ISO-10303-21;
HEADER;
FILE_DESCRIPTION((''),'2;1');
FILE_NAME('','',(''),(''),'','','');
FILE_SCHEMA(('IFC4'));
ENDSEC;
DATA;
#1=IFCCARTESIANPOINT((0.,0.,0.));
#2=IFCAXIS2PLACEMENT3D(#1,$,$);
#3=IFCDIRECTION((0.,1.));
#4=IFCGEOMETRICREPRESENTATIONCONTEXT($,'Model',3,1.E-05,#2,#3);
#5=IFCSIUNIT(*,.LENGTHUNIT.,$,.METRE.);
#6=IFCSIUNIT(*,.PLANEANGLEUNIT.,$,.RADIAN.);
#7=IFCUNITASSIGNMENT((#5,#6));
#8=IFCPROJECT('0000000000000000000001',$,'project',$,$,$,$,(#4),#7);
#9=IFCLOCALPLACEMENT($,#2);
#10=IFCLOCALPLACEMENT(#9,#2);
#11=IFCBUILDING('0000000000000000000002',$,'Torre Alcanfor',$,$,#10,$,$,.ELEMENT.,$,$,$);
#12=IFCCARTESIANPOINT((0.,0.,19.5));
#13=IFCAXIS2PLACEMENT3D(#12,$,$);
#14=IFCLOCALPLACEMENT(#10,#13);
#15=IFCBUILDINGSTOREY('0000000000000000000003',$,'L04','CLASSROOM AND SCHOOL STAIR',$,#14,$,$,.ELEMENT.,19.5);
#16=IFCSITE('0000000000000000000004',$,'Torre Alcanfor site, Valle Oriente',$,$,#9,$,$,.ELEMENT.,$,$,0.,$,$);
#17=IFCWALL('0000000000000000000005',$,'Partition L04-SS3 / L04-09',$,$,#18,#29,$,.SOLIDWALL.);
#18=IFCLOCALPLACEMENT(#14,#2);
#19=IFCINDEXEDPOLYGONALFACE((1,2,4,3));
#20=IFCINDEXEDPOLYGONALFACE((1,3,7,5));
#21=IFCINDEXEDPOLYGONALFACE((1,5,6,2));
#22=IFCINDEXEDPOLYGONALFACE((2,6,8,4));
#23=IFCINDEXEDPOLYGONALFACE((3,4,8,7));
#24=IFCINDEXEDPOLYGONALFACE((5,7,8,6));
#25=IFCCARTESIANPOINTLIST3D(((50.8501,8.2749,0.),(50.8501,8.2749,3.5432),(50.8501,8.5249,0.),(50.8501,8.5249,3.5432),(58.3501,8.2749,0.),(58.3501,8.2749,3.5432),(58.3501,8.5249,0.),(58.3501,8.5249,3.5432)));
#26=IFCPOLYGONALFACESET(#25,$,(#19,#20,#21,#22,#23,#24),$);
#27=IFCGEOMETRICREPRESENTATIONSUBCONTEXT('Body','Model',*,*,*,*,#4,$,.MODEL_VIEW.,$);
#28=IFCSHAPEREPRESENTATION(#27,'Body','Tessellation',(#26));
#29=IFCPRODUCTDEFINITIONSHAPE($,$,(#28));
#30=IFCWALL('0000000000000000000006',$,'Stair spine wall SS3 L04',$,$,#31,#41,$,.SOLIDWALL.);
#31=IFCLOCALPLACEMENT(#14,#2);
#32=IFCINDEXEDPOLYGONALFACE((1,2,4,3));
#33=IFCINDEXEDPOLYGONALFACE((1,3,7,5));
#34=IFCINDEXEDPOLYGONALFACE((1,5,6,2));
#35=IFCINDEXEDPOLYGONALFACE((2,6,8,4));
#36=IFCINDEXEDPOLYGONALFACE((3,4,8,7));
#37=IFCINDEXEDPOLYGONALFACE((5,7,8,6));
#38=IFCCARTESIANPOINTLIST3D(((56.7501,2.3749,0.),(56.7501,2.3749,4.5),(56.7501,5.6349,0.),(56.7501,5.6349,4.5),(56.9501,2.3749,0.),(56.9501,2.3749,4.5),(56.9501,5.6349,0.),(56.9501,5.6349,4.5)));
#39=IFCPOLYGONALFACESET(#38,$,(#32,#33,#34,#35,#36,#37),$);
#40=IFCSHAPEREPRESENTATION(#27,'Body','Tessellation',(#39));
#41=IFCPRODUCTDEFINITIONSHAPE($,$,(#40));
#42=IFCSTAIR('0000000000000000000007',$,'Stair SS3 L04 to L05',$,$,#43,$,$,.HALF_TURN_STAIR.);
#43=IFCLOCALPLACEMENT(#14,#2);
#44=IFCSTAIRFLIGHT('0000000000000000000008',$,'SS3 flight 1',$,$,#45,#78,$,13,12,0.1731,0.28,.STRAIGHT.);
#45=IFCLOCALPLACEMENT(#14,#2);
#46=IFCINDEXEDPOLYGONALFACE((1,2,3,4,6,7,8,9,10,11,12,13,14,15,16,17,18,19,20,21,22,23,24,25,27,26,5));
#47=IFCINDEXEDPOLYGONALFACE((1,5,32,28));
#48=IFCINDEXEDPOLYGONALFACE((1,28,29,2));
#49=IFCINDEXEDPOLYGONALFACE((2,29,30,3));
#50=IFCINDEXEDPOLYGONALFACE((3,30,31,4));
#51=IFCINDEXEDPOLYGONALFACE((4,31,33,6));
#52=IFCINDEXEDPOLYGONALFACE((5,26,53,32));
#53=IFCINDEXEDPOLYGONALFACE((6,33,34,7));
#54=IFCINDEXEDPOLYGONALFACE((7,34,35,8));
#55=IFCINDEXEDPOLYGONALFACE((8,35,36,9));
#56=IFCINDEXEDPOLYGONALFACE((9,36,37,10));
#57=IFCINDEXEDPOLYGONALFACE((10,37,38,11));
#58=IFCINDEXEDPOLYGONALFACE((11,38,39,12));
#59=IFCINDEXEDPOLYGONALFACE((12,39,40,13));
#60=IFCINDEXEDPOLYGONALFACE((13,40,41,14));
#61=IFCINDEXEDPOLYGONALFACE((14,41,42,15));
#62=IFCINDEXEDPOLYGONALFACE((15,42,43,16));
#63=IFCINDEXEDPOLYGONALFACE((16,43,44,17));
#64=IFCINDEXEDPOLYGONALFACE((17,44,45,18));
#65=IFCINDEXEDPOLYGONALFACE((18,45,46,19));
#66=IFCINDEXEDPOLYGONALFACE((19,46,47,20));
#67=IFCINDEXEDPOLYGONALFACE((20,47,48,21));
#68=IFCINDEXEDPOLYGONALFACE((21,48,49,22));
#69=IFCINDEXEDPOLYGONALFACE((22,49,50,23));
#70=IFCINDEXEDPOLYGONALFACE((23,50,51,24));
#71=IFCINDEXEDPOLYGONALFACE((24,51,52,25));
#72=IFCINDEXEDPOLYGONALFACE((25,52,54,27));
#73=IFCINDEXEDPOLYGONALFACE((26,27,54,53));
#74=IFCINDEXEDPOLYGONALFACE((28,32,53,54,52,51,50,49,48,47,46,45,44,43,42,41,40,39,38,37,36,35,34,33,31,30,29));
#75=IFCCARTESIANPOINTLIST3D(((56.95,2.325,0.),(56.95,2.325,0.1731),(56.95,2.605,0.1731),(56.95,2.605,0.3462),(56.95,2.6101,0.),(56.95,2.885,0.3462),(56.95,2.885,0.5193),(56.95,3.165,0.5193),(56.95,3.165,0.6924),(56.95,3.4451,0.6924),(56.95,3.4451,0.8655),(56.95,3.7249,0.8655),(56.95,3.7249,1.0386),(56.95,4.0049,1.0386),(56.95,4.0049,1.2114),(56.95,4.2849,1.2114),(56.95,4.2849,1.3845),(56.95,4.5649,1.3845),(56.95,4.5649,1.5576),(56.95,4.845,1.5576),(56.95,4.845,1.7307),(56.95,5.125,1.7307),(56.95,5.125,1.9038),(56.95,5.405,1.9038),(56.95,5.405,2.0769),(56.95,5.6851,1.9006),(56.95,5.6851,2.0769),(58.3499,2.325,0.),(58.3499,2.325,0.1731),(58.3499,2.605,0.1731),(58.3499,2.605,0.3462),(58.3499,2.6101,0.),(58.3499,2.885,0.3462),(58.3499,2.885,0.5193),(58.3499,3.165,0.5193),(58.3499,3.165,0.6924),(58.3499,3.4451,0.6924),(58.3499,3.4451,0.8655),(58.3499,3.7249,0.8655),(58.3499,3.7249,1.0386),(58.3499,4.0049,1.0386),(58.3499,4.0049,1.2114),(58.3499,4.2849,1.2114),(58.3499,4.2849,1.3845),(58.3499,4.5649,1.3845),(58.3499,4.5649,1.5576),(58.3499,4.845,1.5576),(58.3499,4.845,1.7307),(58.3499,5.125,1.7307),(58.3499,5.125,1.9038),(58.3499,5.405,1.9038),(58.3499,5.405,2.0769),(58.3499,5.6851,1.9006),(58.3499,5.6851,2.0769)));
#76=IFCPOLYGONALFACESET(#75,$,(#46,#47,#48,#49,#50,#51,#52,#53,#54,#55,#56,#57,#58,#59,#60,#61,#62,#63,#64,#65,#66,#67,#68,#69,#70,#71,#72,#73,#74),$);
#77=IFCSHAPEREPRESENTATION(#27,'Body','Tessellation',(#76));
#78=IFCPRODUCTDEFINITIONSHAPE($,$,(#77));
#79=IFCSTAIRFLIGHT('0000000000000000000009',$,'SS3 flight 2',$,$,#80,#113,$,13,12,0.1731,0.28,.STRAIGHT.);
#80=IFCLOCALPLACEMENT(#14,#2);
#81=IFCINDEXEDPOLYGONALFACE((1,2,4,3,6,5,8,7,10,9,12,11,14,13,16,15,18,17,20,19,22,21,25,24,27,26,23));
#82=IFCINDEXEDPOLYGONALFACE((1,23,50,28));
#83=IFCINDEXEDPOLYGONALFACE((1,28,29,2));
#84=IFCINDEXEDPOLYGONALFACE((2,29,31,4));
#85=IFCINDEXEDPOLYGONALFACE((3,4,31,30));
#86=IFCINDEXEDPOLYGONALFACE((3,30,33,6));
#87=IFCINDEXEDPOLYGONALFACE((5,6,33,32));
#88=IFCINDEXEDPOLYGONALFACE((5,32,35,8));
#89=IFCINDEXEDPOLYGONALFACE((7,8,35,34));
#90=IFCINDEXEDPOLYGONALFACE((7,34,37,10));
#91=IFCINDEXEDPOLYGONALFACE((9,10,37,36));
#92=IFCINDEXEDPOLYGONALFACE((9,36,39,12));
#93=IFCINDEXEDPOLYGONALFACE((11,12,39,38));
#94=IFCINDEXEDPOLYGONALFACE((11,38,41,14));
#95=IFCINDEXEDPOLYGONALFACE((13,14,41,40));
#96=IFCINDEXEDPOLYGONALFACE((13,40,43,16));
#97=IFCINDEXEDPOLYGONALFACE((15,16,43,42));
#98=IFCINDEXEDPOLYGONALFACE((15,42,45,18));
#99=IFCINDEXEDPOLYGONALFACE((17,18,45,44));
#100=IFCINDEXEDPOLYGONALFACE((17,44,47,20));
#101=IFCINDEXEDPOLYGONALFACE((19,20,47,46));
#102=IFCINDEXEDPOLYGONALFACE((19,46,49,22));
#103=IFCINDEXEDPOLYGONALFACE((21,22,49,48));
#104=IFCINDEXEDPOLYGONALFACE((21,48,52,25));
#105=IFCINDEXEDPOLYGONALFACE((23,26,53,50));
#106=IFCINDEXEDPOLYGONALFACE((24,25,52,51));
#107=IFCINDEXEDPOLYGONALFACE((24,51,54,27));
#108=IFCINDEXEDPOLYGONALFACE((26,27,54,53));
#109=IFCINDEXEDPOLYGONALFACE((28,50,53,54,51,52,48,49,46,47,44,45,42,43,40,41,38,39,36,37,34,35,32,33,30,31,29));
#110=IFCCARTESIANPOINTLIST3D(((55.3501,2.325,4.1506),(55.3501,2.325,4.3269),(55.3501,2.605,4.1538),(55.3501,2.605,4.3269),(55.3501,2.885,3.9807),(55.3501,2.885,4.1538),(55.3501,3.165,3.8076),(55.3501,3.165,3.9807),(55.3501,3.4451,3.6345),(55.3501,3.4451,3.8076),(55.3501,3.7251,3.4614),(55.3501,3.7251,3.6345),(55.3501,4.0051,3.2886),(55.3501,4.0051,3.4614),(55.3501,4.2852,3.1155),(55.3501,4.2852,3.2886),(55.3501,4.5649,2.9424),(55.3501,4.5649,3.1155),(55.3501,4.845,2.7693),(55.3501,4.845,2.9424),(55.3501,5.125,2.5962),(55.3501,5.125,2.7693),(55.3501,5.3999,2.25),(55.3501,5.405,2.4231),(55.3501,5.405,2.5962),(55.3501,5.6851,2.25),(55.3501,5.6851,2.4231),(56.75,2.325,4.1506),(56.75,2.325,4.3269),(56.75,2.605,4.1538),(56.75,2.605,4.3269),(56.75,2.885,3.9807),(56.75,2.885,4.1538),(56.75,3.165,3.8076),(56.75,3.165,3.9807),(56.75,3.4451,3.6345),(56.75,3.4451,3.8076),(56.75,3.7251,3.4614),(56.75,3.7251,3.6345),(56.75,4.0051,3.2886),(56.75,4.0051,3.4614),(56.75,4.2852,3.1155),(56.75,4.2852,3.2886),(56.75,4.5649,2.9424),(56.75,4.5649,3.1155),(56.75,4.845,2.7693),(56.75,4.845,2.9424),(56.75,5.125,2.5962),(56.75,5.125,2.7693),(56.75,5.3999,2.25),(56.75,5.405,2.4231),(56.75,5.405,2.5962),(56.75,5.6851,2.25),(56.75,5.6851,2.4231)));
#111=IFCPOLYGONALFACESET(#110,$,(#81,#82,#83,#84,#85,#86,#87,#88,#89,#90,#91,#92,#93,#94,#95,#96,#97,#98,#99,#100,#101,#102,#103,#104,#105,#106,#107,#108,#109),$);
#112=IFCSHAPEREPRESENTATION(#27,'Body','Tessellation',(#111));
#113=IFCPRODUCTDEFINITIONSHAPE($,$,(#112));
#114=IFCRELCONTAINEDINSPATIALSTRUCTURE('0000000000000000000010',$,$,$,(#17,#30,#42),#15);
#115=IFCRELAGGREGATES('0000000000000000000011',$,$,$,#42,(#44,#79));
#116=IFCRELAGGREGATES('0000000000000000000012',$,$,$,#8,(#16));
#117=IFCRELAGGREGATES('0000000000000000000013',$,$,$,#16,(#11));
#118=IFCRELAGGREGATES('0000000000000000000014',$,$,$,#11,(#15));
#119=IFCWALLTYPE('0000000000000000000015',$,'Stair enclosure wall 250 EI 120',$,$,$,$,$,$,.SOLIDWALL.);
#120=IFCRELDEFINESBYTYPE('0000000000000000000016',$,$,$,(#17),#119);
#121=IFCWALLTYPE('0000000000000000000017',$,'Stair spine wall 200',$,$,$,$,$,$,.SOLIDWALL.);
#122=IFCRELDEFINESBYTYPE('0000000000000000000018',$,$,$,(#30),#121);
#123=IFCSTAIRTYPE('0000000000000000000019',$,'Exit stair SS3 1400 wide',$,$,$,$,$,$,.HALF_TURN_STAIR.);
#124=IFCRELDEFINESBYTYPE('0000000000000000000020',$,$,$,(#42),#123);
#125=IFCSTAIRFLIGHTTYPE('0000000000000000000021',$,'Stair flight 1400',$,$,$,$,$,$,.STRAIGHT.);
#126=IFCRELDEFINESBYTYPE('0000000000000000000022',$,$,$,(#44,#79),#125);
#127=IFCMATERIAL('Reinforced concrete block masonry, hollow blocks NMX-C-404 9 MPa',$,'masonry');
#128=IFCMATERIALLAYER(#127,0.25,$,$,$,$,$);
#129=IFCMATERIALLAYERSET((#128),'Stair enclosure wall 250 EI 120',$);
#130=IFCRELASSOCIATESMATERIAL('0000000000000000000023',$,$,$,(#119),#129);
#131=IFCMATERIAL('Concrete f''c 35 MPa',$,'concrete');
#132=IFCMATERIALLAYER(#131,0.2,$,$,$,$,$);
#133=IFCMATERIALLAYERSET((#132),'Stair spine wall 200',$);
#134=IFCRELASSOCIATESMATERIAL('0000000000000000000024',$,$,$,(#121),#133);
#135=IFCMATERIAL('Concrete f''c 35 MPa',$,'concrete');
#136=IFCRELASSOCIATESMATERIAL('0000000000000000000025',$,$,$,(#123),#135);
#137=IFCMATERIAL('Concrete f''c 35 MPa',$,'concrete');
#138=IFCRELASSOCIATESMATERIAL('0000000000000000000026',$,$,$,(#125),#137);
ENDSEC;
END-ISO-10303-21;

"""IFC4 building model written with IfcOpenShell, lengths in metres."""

from ifc_helpers import new_model, si_unit, direction, frame, frame_2d, origin, place, context, subcontext, project, spatial, polyline, rectangle, outline, extrude, material, layer, layer_set, type_object, element, aggregate, save


model = new_model("IFC4")

# Units and contexts
model_context = context("Model", 3, precision=1e-05, world=origin(), true_north=direction((0.0, 1.0)))
body_context = subcontext(model_context, "Body", "Model", "MODEL_VIEW")
ifc_project = project(units=[si_unit("LENGTHUNIT", "METRE"), si_unit("PLANEANGLEUNIT", "RADIAN")], contexts=[model_context])

# Site, building, storey
site_placement = place(None, origin())
site = spatial("IfcSite", under=ifc_project, at=site_placement, Name="Torre Alcanfor site, Valle Oriente", CompositionType="ELEMENT", RefElevation=0.0)
building_placement = place(site_placement, origin())
building = spatial("IfcBuilding", under=site, at=building_placement, Name="Torre Alcanfor", CompositionType="ELEMENT")
storey_placement = place(building_placement, frame((0.0, 0.0, 19.5)))
storey = spatial("IfcBuildingStorey", under=building, at=storey_placement, Name="L04", Description="CLASSROOM AND SCHOOL STAIR", CompositionType="ELEMENT", Elevation=19.5)

# Walls
ifc_material_1 = material(Name="Reinforced concrete block masonry, hollow blocks NMX-C-404 9 MPa", Category="masonry")
ifc_layer_1 = layer(ifc_material_1, 0.25)
ifc_layer_set_1 = layer_set([ifc_layer_1], Name="Stair enclosure wall 250 EI 120")
wall_type_1 = type_object("IfcWallType", Name="Stair enclosure wall 250 EI 120", PredefinedType="SOLIDWALL", material=ifc_layer_set_1)
wall_1_placement = place(storey_placement, frame((50.8501, 8.3999, 0.0), z_axis=(0.0, 0.0, 1.0), x_axis=(1.0, 0.0, 0.0)))
element("IfcWall", 1, at=wall_1_placement, inside=storey, type_object=wall_type_1, Name="Partition L04-SS3 / L04-09", PredefinedType="SOLIDWALL", context=body_context, shape_type="SweptSolid", body=[
    extrude(rectangle(XDim=7.5, YDim=0.25, at=frame_2d((3.75, 0.0))), origin(), (0.0, 0.0, 1.0), 3.5432),
])
ifc_material_2 = material(Name="Concrete f'c 35 MPa", Category="concrete")
ifc_layer_2 = layer(ifc_material_2, 0.2)
ifc_layer_set_2 = layer_set([ifc_layer_2], Name="Stair spine wall 200")
wall_type_2 = type_object("IfcWallType", Name="Stair spine wall 200", PredefinedType="SOLIDWALL", material=ifc_layer_set_2)
wall_2_placement = place(storey_placement, frame((56.8501, 2.375, 0.0), z_axis=(0.0, 0.0, 1.0), x_axis=(0.0, 1.0, 0.0)))
element("IfcWall", 2, at=wall_2_placement, inside=storey, type_object=wall_type_2, Name="Stair spine wall SS3 L04", PredefinedType="SOLIDWALL", context=body_context, shape_type="SweptSolid", body=[
    extrude(rectangle(XDim=3.26, YDim=0.2, at=frame_2d((1.6299, 0.0))), origin(), (0.0, 0.0, 1.0), 4.5),
])

# Stair, stair flights
ifc_material_3 = material(Name="Concrete f'c 35 MPa", Category="concrete")
stair_type = type_object("IfcStairType", Name="Exit stair SS3 1400 wide", PredefinedType="HALF_TURN_STAIR", material=ifc_material_3)
stair_placement = place(storey_placement, origin())
stair = element("IfcStair", 3, at=stair_placement, inside=storey, type_object=stair_type, Name="Stair SS3 L04 to L05", PredefinedType="HALF_TURN_STAIR")
ifc_material_4 = material(Name="Concrete f'c 35 MPa", Category="concrete")
stair_flight_type = type_object("IfcStairFlightType", Name="Stair flight 1400", PredefinedType="STRAIGHT", material=ifc_material_4)
stair_flight_1_placement = place(storey_placement, frame((57.6499, 2.325, 0.0), z_axis=(0.0, 0.0, 1.0), x_axis=(0.0, 1.0, 0.0)))
stair_flight_1 = element("IfcStairFlight", 4, at=stair_flight_1_placement, type_object=stair_flight_type, Name="SS3 flight 1", NumberOfRisers=13, NumberOfTreads=12, PredefinedType="STRAIGHT", RiserHeight=0.1731, TreadLength=0.28, context=body_context, shape_type="SweptSolid", body=[
    extrude(outline(polyline([(0.0, 0.0), (0.0, 0.1731), (0.28, 0.1731), (0.28, 0.3462), (0.5601, 0.3462), (0.5601, 0.5193), (0.8401, 0.5193), (0.8401, 0.6924), (1.1201, 0.6924), (1.1201, 0.8655), (1.3999, 0.8655), (1.3999, 1.0386), (1.6799, 1.0386), (1.6799, 1.2114), (1.96, 1.2114), (1.96, 1.3845), (2.24, 1.3845), (2.24, 1.5576), (2.52, 1.5576), (2.52, 1.7307), (2.8, 1.7307), (2.8, 1.9038), (3.0801, 1.9038), (3.0801, 2.0769), (3.3601, 2.0769), (3.3601, 2.25), (3.3601, 1.9006), (0.2852, 0.0), (0.0, 0.0)])), frame((0.0, 0.7, 0.0), z_axis=(0.0, -1.0, 0.0), x_axis=(1.0, 0.0, 0.0)), (0.0, 0.0, 1.0), 1.3999),
])
stair_flight_2_placement = place(storey_placement, frame((56.05, 5.6851, 2.25), z_axis=(0.0, 0.0, 1.0), x_axis=(0.0, -1.0, 0.0)))
stair_flight_2 = element("IfcStairFlight", 5, at=stair_flight_2_placement, type_object=stair_flight_type, Name="SS3 flight 2", NumberOfRisers=13, NumberOfTreads=12, PredefinedType="STRAIGHT", RiserHeight=0.1731, TreadLength=0.28, context=body_context, shape_type="SweptSolid", body=[
    extrude(outline(polyline([(0.0, 0.0), (0.0, 0.1731), (0.28, 0.1731), (0.28, 0.3462), (0.5601, 0.3462), (0.5601, 0.5193), (0.8401, 0.5193), (0.8401, 0.6924), (1.1201, 0.6924), (1.1201, 0.8655), (1.3999, 0.8655), (1.3999, 1.0386), (1.6799, 1.0386), (1.6799, 1.2114), (1.96, 1.2114), (1.96, 1.3845), (2.24, 1.3845), (2.24, 1.5576), (2.52, 1.5576), (2.52, 1.7307), (2.8, 1.7307), (2.8, 1.9038), (3.0801, 1.9038), (3.0801, 2.0769), (3.3601, 2.0769), (3.3601, 2.25), (3.3601, 1.9006), (0.2852, 0.0), (0.0, 0.0)])), frame((0.0, 0.7, 0.0), z_axis=(0.0, -1.0, 0.0), x_axis=(1.0, 0.0, 0.0)), (0.0, 0.0, 1.0), 1.3999),
])
aggregate(stair, [stair_flight_1, stair_flight_2])

save(model, "model.ifc")
